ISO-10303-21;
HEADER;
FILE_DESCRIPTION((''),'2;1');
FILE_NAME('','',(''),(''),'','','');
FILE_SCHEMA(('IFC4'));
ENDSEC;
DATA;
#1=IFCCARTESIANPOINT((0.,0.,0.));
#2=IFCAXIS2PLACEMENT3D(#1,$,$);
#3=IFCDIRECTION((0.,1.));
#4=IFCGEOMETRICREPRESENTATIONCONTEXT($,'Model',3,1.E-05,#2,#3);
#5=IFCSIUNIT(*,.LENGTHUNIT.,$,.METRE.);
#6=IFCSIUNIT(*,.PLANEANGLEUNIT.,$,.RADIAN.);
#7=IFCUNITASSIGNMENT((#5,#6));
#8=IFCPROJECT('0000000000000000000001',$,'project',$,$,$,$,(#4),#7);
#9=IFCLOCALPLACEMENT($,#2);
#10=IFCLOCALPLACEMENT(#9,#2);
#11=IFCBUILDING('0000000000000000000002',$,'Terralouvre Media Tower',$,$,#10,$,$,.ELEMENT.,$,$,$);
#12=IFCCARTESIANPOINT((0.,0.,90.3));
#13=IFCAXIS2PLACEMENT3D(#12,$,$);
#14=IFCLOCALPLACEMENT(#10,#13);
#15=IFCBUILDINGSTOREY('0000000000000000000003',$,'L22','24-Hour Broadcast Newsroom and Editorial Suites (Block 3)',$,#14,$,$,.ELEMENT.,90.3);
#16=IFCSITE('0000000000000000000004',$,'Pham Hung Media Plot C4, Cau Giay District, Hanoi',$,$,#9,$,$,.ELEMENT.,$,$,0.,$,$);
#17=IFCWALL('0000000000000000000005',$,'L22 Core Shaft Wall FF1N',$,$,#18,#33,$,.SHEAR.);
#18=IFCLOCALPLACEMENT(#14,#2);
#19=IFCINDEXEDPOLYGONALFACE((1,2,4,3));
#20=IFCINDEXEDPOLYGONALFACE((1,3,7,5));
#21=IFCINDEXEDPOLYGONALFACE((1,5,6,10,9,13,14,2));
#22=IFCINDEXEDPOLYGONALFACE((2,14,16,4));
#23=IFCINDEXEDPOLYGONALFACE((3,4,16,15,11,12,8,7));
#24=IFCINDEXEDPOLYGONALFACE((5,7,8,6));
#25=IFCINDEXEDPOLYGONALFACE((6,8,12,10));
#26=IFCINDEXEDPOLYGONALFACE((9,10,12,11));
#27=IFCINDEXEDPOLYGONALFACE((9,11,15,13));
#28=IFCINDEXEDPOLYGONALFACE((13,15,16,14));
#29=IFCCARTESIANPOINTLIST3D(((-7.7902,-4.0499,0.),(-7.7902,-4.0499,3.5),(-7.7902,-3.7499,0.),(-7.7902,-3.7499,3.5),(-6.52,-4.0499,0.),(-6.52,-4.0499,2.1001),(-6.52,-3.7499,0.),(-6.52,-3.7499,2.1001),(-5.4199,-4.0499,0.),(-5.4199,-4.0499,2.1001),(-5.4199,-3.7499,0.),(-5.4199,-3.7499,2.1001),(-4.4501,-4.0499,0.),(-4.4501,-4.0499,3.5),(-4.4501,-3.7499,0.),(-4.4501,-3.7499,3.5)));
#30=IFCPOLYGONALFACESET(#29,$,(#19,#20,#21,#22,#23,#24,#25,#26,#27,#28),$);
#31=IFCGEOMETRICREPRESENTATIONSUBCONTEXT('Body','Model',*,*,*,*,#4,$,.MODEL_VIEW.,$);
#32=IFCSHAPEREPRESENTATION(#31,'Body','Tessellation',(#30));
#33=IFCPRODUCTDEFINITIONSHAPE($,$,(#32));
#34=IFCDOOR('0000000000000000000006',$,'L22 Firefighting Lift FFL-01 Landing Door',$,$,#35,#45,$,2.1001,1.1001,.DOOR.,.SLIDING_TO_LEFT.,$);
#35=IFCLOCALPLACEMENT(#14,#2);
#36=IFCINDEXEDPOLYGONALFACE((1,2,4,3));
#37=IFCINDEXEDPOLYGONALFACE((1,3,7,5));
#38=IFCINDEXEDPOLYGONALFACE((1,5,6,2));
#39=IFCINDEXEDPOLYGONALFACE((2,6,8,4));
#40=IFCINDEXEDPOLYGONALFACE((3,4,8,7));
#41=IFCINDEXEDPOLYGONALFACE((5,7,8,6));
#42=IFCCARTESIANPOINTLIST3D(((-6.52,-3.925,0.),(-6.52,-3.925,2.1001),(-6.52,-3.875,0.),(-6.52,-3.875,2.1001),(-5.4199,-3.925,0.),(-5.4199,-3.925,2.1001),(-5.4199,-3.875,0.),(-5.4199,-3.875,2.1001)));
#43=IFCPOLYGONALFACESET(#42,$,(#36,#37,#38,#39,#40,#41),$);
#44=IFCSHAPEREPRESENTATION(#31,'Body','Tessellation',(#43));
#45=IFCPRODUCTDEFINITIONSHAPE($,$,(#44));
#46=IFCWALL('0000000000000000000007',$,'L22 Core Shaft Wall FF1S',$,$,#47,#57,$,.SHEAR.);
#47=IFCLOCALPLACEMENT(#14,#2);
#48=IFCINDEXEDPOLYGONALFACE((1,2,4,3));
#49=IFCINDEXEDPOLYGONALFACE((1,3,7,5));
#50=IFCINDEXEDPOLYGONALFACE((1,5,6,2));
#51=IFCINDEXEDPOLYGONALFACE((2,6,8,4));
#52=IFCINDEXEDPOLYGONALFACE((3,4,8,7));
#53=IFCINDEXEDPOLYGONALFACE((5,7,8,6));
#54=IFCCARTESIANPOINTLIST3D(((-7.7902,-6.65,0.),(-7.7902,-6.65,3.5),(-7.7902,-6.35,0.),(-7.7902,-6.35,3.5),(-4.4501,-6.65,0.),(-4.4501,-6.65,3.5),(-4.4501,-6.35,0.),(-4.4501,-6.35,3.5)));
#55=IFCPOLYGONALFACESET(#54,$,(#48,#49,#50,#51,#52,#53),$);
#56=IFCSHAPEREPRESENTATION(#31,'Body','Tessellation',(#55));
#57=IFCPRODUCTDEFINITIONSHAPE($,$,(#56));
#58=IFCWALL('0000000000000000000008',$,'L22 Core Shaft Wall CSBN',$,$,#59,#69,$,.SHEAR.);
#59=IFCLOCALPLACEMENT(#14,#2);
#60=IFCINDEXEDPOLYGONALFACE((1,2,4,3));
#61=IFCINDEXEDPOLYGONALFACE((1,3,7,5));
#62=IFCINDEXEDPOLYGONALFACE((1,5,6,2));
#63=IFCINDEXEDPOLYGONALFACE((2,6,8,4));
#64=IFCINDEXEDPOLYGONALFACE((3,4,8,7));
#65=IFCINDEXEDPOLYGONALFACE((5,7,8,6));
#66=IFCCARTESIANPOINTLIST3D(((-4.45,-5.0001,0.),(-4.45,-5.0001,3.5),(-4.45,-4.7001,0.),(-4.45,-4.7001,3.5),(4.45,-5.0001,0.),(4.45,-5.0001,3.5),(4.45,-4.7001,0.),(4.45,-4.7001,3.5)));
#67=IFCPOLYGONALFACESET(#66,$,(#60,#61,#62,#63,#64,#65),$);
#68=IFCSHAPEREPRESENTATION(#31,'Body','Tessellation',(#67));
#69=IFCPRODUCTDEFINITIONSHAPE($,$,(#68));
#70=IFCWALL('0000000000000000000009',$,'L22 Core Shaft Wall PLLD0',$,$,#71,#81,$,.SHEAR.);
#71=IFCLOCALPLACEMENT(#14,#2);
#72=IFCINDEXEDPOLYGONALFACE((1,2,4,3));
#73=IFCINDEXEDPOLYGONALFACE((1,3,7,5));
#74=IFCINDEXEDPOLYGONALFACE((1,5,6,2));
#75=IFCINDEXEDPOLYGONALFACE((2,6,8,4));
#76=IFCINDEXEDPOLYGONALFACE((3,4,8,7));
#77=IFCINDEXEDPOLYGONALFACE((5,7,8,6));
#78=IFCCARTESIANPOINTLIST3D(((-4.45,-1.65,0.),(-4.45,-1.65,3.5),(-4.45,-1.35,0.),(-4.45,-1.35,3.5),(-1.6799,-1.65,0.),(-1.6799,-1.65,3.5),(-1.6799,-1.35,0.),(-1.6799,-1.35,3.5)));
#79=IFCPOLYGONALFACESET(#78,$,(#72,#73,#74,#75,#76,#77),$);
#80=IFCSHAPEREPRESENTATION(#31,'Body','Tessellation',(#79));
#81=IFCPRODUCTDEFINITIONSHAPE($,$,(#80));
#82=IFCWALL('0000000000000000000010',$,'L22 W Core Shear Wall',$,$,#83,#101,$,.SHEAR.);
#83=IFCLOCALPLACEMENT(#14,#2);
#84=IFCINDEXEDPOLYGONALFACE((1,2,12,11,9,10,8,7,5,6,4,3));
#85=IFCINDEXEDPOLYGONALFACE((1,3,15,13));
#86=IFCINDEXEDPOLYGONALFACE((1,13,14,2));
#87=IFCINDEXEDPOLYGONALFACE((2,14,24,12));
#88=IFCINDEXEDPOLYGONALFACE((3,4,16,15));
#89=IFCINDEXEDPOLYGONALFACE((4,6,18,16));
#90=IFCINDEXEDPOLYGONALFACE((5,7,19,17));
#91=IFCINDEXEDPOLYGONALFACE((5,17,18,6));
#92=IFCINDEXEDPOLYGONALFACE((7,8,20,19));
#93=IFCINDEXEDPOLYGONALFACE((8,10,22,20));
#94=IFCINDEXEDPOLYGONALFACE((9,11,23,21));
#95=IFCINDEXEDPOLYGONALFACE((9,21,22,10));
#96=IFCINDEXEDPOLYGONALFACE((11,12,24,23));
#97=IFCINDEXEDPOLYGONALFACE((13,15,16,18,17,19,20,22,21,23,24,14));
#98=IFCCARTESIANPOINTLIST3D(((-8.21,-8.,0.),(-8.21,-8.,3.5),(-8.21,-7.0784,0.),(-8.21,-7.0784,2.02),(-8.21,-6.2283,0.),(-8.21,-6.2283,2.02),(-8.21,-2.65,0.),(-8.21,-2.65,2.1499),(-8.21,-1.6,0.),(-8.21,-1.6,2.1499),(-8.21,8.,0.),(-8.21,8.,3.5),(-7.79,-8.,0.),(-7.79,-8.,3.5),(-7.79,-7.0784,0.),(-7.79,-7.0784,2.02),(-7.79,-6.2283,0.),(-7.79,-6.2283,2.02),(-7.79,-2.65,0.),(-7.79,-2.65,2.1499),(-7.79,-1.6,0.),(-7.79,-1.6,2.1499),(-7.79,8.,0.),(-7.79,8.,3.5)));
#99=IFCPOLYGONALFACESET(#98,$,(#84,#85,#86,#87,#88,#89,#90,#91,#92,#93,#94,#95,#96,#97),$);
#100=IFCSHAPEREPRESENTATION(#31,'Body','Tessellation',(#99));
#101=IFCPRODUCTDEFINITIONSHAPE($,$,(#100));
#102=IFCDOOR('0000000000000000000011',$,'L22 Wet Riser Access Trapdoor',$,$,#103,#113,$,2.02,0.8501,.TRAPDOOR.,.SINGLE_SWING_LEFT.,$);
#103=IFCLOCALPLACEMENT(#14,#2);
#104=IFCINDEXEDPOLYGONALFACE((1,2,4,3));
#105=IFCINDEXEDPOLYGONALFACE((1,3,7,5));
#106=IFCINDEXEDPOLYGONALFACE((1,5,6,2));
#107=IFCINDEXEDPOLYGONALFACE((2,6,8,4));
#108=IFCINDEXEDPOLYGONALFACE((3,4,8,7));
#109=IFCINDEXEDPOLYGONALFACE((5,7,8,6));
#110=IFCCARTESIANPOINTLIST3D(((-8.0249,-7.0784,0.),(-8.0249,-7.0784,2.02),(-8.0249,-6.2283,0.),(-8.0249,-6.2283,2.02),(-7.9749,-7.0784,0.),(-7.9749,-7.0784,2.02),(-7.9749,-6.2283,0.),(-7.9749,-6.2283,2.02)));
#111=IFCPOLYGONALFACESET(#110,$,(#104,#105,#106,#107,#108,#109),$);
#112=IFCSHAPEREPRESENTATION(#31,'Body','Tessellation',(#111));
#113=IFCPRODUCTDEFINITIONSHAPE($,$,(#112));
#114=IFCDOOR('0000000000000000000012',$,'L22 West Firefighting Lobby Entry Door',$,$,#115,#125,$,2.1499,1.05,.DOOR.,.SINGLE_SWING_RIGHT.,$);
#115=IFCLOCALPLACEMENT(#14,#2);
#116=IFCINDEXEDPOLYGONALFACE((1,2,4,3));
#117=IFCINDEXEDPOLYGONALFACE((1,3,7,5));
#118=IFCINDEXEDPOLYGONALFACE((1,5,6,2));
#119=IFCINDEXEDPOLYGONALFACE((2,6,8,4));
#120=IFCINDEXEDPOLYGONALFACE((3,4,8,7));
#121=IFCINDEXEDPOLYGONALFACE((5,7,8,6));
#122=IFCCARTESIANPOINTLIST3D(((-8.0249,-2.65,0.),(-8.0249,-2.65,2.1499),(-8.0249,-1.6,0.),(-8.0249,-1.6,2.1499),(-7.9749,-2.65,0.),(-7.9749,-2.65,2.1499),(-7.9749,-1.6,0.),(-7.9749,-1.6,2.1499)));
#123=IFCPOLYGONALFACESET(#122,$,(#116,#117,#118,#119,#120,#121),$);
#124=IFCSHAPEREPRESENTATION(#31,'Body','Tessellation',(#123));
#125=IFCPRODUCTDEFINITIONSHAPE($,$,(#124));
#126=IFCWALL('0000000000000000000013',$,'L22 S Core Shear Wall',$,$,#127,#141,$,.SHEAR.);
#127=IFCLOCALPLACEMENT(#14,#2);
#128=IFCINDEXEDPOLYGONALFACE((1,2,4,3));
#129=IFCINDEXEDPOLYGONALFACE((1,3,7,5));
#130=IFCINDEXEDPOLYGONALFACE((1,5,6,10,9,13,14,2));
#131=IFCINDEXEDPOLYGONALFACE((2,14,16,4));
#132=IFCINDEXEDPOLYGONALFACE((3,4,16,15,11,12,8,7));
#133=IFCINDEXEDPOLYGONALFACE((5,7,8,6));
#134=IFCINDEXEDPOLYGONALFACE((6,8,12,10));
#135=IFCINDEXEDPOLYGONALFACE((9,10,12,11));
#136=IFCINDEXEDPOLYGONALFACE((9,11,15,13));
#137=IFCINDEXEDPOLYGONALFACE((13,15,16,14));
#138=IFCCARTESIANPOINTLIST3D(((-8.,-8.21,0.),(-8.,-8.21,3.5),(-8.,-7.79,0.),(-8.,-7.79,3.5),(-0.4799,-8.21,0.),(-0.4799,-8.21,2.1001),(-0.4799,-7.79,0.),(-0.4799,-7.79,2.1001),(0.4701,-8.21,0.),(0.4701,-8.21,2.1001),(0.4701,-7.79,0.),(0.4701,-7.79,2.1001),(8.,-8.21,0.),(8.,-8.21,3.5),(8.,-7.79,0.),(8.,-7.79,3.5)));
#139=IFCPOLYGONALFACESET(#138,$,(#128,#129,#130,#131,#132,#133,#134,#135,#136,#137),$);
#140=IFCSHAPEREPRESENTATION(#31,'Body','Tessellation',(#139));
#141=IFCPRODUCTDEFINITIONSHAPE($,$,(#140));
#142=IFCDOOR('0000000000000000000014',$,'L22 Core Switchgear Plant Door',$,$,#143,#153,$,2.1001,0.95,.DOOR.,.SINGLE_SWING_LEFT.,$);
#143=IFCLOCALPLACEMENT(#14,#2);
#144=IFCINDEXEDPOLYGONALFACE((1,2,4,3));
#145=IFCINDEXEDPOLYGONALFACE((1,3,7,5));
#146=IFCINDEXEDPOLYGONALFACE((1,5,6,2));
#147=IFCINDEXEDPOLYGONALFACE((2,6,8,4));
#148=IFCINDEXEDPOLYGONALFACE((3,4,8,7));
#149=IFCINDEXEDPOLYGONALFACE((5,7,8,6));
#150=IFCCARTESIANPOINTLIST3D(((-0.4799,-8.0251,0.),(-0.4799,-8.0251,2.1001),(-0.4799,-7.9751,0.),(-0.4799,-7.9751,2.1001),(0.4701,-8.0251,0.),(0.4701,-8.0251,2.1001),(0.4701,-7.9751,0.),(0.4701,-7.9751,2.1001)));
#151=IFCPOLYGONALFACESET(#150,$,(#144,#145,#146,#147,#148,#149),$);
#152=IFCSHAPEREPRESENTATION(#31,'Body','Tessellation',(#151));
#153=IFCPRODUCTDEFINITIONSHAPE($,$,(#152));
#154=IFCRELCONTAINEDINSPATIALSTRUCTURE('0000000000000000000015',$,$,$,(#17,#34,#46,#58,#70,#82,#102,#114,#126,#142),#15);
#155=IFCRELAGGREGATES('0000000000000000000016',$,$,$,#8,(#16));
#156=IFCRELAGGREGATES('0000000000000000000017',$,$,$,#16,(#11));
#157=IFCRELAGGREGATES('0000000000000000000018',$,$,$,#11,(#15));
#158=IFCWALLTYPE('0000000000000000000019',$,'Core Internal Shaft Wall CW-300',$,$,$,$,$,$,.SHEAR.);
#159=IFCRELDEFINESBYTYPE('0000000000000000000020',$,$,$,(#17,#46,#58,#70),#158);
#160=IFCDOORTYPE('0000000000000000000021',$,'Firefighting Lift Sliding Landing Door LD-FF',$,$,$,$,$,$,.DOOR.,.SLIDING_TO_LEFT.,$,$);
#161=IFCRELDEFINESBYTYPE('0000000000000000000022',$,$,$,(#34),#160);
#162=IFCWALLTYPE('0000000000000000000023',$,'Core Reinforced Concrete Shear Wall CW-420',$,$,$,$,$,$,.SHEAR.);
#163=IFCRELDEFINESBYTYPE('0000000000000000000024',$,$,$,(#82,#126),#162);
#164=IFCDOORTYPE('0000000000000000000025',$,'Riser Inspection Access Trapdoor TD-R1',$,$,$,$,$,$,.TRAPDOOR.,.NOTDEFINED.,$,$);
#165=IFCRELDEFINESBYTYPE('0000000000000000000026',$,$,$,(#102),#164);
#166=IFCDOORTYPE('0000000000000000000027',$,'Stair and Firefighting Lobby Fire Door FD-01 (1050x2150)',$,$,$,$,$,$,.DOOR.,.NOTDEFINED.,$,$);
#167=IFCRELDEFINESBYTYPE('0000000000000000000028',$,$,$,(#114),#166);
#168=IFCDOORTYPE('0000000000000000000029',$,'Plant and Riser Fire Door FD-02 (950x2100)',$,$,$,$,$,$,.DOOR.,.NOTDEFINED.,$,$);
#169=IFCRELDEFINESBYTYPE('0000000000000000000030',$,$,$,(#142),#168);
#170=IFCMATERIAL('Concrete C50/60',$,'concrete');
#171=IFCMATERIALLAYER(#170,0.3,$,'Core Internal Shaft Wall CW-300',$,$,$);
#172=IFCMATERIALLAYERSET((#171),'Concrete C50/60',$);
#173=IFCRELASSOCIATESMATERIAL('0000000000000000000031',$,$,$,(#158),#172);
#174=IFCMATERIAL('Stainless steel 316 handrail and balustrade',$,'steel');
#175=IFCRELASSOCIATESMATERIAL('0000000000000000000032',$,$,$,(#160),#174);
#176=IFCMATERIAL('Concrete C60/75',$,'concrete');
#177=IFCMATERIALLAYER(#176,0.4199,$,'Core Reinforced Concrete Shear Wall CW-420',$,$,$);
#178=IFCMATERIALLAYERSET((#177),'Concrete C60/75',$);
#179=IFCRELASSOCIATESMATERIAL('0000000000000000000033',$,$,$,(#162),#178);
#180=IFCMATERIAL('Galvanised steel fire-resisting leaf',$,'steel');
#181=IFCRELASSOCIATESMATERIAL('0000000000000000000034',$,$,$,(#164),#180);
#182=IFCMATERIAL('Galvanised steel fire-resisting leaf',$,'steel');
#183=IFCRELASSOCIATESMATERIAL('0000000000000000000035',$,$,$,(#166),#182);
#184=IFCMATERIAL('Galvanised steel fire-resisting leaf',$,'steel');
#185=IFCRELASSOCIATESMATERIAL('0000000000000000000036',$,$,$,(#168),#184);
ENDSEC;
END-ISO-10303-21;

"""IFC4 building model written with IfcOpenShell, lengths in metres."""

from ifc_helpers import new_model, si_unit, direction, frame, frame_2d, origin, place, context, subcontext, project, spatial, rectangle, extrude, material, layer, layer_set, type_object, element, fill, save


model = new_model("IFC4")

# Units and contexts
model_context = context("Model", 3, precision=1e-05, world=origin(), true_north=direction((0.0, 1.0)))
body_context = subcontext(model_context, "Body", "Model", "MODEL_VIEW")
ifc_project = project(units=[si_unit("LENGTHUNIT", "METRE"), si_unit("PLANEANGLEUNIT", "RADIAN")], contexts=[model_context])

# Site, building, storey
site_placement = place(None, origin())
site = spatial("IfcSite", under=ifc_project, at=site_placement, Name="Pham Hung Media Plot C4, Cau Giay District, Hanoi", CompositionType="ELEMENT", RefElevation=0.0)
building_placement = place(site_placement, origin())
building = spatial("IfcBuilding", under=site, at=building_placement, Name="Terralouvre Media Tower", CompositionType="ELEMENT")
storey_placement = place(building_placement, frame((0.0, 0.0, 90.3)))
storey = spatial("IfcBuildingStorey", under=building, at=storey_placement, Name="L22", Description="24-Hour Broadcast Newsroom and Editorial Suites (Block 3)", CompositionType="ELEMENT", Elevation=90.3)

# Shared definitions
ifc_material_1 = material(Name="Concrete C50/60", Category="concrete")
ifc_layer_1 = layer(ifc_material_1, 0.3, Name="Core Internal Shaft Wall CW-300")
ifc_layer_set_1 = layer_set([ifc_layer_1], Name="Concrete C50/60")
wall_type_1 = type_object("IfcWallType", Name="Core Internal Shaft Wall CW-300", PredefinedType="SHEAR", material=ifc_layer_set_1)

# Wall, opening, door
wall_1_placement = place(storey_placement, frame((-7.79, -3.8999, 0.0), z_axis=(0.0, 0.0, 1.0), x_axis=(1.0, 0.0, 0.0)))
wall_1 = element("IfcWall", 1, at=wall_1_placement, inside=storey, type_object=wall_type_1, Name="L22 Core Shaft Wall FF1N", PredefinedType="SHEAR", context=body_context, shape_type="SweptSolid", body=[
    extrude(rectangle(XDim=3.3401, YDim=0.3, at=frame_2d((1.6699, 0.0))), origin(), (0.0, 0.0, 1.0), 3.5),
])
opening_1_placement = place(wall_1_placement, frame((1.27, 0.0, 0.0)))
opening_1 = element("IfcOpeningElement", 2, at=opening_1_placement, cuts=wall_1, PredefinedType="OPENING", context=body_context, shape_type="SweptSolid", body=[
    extrude(rectangle(XDim=1.1001, YDim=2.1001, at=frame_2d((0.55, 1.05))), frame((0.0, 0.1599, 0.0), z_axis=(0.0, -1.0, 0.0), x_axis=(1.0, 0.0, 0.0)), (0.0, 0.0, 1.0), 0.3201),
])
ifc_material_2 = material(Name="Stainless steel 316 handrail and balustrade", Category="steel")
door_type_1 = type_object("IfcDoorType", Name="Firefighting Lift Sliding Landing Door LD-FF", OperationType="SLIDING_TO_LEFT", PredefinedType="DOOR", material=ifc_material_2)
door_1_placement = place(opening_1_placement, origin())
door_1 = element("IfcDoor", 3, at=door_1_placement, inside=storey, type_object=door_type_1, Name="L22 Firefighting Lift FFL-01 Landing Door", OperationType="SLIDING_TO_LEFT", OverallHeight=2.1001, OverallWidth=1.1001, PredefinedType="DOOR", context=body_context, shape_type="SweptSolid", body=[
    extrude(rectangle(XDim=1.1001, YDim=2.1001, at=frame_2d((0.55, 1.05))), frame((0.0, 0.0249, 0.0), z_axis=(0.0, -1.0, 0.0), x_axis=(1.0, 0.0, 0.0)), (0.0, 0.0, 1.0), 0.05),
])
fill(opening_1, door_1)

# Walls
wall_2_placement = place(storey_placement, frame((-7.79, -6.5, 0.0), z_axis=(0.0, 0.0, 1.0), x_axis=(1.0, 0.0, 0.0)))
element("IfcWall", 4, at=wall_2_placement, inside=storey, type_object=wall_type_1, Name="L22 Core Shaft Wall FF1S", PredefinedType="SHEAR", context=body_context, shape_type="SweptSolid", body=[
    extrude(rectangle(XDim=3.3401, YDim=0.3, at=frame_2d((1.6699, 0.0))), origin(), (0.0, 0.0, 1.0), 3.5),
])
wall_3_placement = place(storey_placement, frame((-4.45, -4.8501, 0.0), z_axis=(0.0, 0.0, 1.0), x_axis=(1.0, 0.0, 0.0)))
element("IfcWall", 5, at=wall_3_placement, inside=storey, type_object=wall_type_1, Name="L22 Core Shaft Wall CSBN", PredefinedType="SHEAR", context=body_context, shape_type="SweptSolid", body=[
    extrude(rectangle(XDim=8.8999, YDim=0.3, at=frame_2d((4.45, 0.0))), origin(), (0.0, 0.0, 1.0), 3.5),
])
wall_4_placement = place(storey_placement, frame((-4.45, -1.5, 0.0), z_axis=(0.0, 0.0, 1.0), x_axis=(1.0, 0.0, 0.0)))
element("IfcWall", 6, at=wall_4_placement, inside=storey, type_object=wall_type_1, Name="L22 Core Shaft Wall PLLD0", PredefinedType="SHEAR", context=body_context, shape_type="SweptSolid", body=[
    extrude(rectangle(XDim=2.77, YDim=0.3, at=frame_2d((1.385, 0.0))), origin(), (0.0, 0.0, 1.0), 3.5),
])

# Wall, openings, doors
ifc_material_3 = material(Name="Concrete C60/75", Category="concrete")
ifc_layer_2 = layer(ifc_material_3, 0.4199, Name="Core Reinforced Concrete Shear Wall CW-420")
ifc_layer_set_2 = layer_set([ifc_layer_2], Name="Concrete C60/75")
wall_type_2 = type_object("IfcWallType", Name="Core Reinforced Concrete Shear Wall CW-420", PredefinedType="SHEAR", material=ifc_layer_set_2)
wall_5_placement = place(storey_placement, frame((-8.0, -8.0, 0.0), z_axis=(0.0, 0.0, 1.0), x_axis=(0.0, 1.0, 0.0)))
wall_5 = element("IfcWall", 7, at=wall_5_placement, inside=storey, type_object=wall_type_2, Name="L22 W Core Shear Wall", PredefinedType="SHEAR", context=body_context, shape_type="SweptSolid", body=[
    extrude(rectangle(XDim=16.0, YDim=0.4199, at=frame_2d((8.0, 0.0))), origin(), (0.0, 0.0, 1.0), 3.5),
])
opening_2_placement = place(wall_5_placement, frame((0.9216, 0.0, 0.0)))
opening_2 = element("IfcOpeningElement", 8, at=opening_2_placement, cuts=wall_5, PredefinedType="OPENING", context=body_context, shape_type="SweptSolid", body=[
    extrude(rectangle(XDim=0.8501, YDim=2.02, at=frame_2d((0.425, 1.01))), frame((0.0, 0.22, 0.0), z_axis=(0.0, -1.0, 0.0), x_axis=(1.0, 0.0, 0.0)), (0.0, 0.0, 1.0), 0.4399),
])
opening_3_placement = place(wall_5_placement, frame((5.3501, 0.0, 0.0)))
opening_3 = element("IfcOpeningElement", 9, at=opening_3_placement, cuts=wall_5, PredefinedType="OPENING", context=body_context, shape_type="SweptSolid", body=[
    extrude(rectangle(XDim=1.05, YDim=2.1499, at=frame_2d((0.5249, 1.075))), frame((0.0, 0.22, 0.0), z_axis=(0.0, -1.0, 0.0), x_axis=(1.0, 0.0, 0.0)), (0.0, 0.0, 1.0), 0.4399),
])
ifc_material_4 = material(Name="Galvanised steel fire-resisting leaf", Category="steel")
door_type_2 = type_object("IfcDoorType", Name="Riser Inspection Access Trapdoor TD-R1", OperationType="NOTDEFINED", PredefinedType="TRAPDOOR", material=ifc_material_4)
door_2_placement = place(opening_2_placement, origin())
door_2 = element("IfcDoor", 10, at=door_2_placement, inside=storey, type_object=door_type_2, Name="L22 Wet Riser Access Trapdoor", OperationType="SINGLE_SWING_LEFT", OverallHeight=2.02, OverallWidth=0.8501, PredefinedType="TRAPDOOR", context=body_context, shape_type="SweptSolid", body=[
    extrude(rectangle(XDim=0.8501, YDim=2.02, at=frame_2d((0.425, 1.01))), frame((0.0, 0.0249, 0.0), z_axis=(0.0, -1.0, 0.0), x_axis=(1.0, 0.0, 0.0)), (0.0, 0.0, 1.0), 0.05),
])
fill(opening_2, door_2)
ifc_material_5 = material(Name="Galvanised steel fire-resisting leaf", Category="steel")
door_type_3 = type_object("IfcDoorType", Name="Stair and Firefighting Lobby Fire Door FD-01 (1050x2150)", OperationType="NOTDEFINED", PredefinedType="DOOR", material=ifc_material_5)
door_3_placement = place(opening_3_placement, origin())
door_3 = element("IfcDoor", 11, at=door_3_placement, inside=storey, type_object=door_type_3, Name="L22 West Firefighting Lobby Entry Door", OperationType="SINGLE_SWING_RIGHT", OverallHeight=2.1499, OverallWidth=1.05, PredefinedType="DOOR", context=body_context, shape_type="SweptSolid", body=[
    extrude(rectangle(XDim=1.05, YDim=2.1499, at=frame_2d((0.5249, 1.075))), frame((0.0, 0.0249, 0.0), z_axis=(0.0, -1.0, 0.0), x_axis=(1.0, 0.0, 0.0)), (0.0, 0.0, 1.0), 0.05),
])
fill(opening_3, door_3)

# Wall, opening, door
wall_6_placement = place(storey_placement, frame((-8.0, -8.0, 0.0), z_axis=(0.0, 0.0, 1.0), x_axis=(1.0, 0.0, 0.0)))
wall_6 = element("IfcWall", 12, at=wall_6_placement, inside=storey, type_object=wall_type_2, Name="L22 S Core Shear Wall", PredefinedType="SHEAR", context=body_context, shape_type="SweptSolid", body=[
    extrude(rectangle(XDim=16.0, YDim=0.4199, at=frame_2d((8.0, 0.0))), origin(), (0.0, 0.0, 1.0), 3.5),
])
opening_4_placement = place(wall_6_placement, frame((7.52, 0.0, 0.0)))
opening_4 = element("IfcOpeningElement", 13, at=opening_4_placement, cuts=wall_6, PredefinedType="OPENING", context=body_context, shape_type="SweptSolid", body=[
    extrude(rectangle(XDim=0.95, YDim=2.1001, at=frame_2d((0.4751, 1.05))), frame((0.0, 0.22, 0.0), z_axis=(0.0, -1.0, 0.0), x_axis=(1.0, 0.0, 0.0)), (0.0, 0.0, 1.0), 0.4399),
])
ifc_material_6 = material(Name="Galvanised steel fire-resisting leaf", Category="steel")
door_type_4 = type_object("IfcDoorType", Name="Plant and Riser Fire Door FD-02 (950x2100)", OperationType="NOTDEFINED", PredefinedType="DOOR", material=ifc_material_6)
door_4_placement = place(opening_4_placement, origin())
door_4 = element("IfcDoor", 14, at=door_4_placement, inside=storey, type_object=door_type_4, Name="L22 Core Switchgear Plant Door", OperationType="SINGLE_SWING_LEFT", OverallHeight=2.1001, OverallWidth=0.95, PredefinedType="DOOR", context=body_context, shape_type="SweptSolid", body=[
    extrude(rectangle(XDim=0.95, YDim=2.1001, at=frame_2d((0.4751, 1.05))), frame((0.0, 0.0249, 0.0), z_axis=(0.0, -1.0, 0.0), x_axis=(1.0, 0.0, 0.0)), (0.0, 0.0, 1.0), 0.05),
])
fill(opening_4, door_4)

save(model, "model.ifc")
